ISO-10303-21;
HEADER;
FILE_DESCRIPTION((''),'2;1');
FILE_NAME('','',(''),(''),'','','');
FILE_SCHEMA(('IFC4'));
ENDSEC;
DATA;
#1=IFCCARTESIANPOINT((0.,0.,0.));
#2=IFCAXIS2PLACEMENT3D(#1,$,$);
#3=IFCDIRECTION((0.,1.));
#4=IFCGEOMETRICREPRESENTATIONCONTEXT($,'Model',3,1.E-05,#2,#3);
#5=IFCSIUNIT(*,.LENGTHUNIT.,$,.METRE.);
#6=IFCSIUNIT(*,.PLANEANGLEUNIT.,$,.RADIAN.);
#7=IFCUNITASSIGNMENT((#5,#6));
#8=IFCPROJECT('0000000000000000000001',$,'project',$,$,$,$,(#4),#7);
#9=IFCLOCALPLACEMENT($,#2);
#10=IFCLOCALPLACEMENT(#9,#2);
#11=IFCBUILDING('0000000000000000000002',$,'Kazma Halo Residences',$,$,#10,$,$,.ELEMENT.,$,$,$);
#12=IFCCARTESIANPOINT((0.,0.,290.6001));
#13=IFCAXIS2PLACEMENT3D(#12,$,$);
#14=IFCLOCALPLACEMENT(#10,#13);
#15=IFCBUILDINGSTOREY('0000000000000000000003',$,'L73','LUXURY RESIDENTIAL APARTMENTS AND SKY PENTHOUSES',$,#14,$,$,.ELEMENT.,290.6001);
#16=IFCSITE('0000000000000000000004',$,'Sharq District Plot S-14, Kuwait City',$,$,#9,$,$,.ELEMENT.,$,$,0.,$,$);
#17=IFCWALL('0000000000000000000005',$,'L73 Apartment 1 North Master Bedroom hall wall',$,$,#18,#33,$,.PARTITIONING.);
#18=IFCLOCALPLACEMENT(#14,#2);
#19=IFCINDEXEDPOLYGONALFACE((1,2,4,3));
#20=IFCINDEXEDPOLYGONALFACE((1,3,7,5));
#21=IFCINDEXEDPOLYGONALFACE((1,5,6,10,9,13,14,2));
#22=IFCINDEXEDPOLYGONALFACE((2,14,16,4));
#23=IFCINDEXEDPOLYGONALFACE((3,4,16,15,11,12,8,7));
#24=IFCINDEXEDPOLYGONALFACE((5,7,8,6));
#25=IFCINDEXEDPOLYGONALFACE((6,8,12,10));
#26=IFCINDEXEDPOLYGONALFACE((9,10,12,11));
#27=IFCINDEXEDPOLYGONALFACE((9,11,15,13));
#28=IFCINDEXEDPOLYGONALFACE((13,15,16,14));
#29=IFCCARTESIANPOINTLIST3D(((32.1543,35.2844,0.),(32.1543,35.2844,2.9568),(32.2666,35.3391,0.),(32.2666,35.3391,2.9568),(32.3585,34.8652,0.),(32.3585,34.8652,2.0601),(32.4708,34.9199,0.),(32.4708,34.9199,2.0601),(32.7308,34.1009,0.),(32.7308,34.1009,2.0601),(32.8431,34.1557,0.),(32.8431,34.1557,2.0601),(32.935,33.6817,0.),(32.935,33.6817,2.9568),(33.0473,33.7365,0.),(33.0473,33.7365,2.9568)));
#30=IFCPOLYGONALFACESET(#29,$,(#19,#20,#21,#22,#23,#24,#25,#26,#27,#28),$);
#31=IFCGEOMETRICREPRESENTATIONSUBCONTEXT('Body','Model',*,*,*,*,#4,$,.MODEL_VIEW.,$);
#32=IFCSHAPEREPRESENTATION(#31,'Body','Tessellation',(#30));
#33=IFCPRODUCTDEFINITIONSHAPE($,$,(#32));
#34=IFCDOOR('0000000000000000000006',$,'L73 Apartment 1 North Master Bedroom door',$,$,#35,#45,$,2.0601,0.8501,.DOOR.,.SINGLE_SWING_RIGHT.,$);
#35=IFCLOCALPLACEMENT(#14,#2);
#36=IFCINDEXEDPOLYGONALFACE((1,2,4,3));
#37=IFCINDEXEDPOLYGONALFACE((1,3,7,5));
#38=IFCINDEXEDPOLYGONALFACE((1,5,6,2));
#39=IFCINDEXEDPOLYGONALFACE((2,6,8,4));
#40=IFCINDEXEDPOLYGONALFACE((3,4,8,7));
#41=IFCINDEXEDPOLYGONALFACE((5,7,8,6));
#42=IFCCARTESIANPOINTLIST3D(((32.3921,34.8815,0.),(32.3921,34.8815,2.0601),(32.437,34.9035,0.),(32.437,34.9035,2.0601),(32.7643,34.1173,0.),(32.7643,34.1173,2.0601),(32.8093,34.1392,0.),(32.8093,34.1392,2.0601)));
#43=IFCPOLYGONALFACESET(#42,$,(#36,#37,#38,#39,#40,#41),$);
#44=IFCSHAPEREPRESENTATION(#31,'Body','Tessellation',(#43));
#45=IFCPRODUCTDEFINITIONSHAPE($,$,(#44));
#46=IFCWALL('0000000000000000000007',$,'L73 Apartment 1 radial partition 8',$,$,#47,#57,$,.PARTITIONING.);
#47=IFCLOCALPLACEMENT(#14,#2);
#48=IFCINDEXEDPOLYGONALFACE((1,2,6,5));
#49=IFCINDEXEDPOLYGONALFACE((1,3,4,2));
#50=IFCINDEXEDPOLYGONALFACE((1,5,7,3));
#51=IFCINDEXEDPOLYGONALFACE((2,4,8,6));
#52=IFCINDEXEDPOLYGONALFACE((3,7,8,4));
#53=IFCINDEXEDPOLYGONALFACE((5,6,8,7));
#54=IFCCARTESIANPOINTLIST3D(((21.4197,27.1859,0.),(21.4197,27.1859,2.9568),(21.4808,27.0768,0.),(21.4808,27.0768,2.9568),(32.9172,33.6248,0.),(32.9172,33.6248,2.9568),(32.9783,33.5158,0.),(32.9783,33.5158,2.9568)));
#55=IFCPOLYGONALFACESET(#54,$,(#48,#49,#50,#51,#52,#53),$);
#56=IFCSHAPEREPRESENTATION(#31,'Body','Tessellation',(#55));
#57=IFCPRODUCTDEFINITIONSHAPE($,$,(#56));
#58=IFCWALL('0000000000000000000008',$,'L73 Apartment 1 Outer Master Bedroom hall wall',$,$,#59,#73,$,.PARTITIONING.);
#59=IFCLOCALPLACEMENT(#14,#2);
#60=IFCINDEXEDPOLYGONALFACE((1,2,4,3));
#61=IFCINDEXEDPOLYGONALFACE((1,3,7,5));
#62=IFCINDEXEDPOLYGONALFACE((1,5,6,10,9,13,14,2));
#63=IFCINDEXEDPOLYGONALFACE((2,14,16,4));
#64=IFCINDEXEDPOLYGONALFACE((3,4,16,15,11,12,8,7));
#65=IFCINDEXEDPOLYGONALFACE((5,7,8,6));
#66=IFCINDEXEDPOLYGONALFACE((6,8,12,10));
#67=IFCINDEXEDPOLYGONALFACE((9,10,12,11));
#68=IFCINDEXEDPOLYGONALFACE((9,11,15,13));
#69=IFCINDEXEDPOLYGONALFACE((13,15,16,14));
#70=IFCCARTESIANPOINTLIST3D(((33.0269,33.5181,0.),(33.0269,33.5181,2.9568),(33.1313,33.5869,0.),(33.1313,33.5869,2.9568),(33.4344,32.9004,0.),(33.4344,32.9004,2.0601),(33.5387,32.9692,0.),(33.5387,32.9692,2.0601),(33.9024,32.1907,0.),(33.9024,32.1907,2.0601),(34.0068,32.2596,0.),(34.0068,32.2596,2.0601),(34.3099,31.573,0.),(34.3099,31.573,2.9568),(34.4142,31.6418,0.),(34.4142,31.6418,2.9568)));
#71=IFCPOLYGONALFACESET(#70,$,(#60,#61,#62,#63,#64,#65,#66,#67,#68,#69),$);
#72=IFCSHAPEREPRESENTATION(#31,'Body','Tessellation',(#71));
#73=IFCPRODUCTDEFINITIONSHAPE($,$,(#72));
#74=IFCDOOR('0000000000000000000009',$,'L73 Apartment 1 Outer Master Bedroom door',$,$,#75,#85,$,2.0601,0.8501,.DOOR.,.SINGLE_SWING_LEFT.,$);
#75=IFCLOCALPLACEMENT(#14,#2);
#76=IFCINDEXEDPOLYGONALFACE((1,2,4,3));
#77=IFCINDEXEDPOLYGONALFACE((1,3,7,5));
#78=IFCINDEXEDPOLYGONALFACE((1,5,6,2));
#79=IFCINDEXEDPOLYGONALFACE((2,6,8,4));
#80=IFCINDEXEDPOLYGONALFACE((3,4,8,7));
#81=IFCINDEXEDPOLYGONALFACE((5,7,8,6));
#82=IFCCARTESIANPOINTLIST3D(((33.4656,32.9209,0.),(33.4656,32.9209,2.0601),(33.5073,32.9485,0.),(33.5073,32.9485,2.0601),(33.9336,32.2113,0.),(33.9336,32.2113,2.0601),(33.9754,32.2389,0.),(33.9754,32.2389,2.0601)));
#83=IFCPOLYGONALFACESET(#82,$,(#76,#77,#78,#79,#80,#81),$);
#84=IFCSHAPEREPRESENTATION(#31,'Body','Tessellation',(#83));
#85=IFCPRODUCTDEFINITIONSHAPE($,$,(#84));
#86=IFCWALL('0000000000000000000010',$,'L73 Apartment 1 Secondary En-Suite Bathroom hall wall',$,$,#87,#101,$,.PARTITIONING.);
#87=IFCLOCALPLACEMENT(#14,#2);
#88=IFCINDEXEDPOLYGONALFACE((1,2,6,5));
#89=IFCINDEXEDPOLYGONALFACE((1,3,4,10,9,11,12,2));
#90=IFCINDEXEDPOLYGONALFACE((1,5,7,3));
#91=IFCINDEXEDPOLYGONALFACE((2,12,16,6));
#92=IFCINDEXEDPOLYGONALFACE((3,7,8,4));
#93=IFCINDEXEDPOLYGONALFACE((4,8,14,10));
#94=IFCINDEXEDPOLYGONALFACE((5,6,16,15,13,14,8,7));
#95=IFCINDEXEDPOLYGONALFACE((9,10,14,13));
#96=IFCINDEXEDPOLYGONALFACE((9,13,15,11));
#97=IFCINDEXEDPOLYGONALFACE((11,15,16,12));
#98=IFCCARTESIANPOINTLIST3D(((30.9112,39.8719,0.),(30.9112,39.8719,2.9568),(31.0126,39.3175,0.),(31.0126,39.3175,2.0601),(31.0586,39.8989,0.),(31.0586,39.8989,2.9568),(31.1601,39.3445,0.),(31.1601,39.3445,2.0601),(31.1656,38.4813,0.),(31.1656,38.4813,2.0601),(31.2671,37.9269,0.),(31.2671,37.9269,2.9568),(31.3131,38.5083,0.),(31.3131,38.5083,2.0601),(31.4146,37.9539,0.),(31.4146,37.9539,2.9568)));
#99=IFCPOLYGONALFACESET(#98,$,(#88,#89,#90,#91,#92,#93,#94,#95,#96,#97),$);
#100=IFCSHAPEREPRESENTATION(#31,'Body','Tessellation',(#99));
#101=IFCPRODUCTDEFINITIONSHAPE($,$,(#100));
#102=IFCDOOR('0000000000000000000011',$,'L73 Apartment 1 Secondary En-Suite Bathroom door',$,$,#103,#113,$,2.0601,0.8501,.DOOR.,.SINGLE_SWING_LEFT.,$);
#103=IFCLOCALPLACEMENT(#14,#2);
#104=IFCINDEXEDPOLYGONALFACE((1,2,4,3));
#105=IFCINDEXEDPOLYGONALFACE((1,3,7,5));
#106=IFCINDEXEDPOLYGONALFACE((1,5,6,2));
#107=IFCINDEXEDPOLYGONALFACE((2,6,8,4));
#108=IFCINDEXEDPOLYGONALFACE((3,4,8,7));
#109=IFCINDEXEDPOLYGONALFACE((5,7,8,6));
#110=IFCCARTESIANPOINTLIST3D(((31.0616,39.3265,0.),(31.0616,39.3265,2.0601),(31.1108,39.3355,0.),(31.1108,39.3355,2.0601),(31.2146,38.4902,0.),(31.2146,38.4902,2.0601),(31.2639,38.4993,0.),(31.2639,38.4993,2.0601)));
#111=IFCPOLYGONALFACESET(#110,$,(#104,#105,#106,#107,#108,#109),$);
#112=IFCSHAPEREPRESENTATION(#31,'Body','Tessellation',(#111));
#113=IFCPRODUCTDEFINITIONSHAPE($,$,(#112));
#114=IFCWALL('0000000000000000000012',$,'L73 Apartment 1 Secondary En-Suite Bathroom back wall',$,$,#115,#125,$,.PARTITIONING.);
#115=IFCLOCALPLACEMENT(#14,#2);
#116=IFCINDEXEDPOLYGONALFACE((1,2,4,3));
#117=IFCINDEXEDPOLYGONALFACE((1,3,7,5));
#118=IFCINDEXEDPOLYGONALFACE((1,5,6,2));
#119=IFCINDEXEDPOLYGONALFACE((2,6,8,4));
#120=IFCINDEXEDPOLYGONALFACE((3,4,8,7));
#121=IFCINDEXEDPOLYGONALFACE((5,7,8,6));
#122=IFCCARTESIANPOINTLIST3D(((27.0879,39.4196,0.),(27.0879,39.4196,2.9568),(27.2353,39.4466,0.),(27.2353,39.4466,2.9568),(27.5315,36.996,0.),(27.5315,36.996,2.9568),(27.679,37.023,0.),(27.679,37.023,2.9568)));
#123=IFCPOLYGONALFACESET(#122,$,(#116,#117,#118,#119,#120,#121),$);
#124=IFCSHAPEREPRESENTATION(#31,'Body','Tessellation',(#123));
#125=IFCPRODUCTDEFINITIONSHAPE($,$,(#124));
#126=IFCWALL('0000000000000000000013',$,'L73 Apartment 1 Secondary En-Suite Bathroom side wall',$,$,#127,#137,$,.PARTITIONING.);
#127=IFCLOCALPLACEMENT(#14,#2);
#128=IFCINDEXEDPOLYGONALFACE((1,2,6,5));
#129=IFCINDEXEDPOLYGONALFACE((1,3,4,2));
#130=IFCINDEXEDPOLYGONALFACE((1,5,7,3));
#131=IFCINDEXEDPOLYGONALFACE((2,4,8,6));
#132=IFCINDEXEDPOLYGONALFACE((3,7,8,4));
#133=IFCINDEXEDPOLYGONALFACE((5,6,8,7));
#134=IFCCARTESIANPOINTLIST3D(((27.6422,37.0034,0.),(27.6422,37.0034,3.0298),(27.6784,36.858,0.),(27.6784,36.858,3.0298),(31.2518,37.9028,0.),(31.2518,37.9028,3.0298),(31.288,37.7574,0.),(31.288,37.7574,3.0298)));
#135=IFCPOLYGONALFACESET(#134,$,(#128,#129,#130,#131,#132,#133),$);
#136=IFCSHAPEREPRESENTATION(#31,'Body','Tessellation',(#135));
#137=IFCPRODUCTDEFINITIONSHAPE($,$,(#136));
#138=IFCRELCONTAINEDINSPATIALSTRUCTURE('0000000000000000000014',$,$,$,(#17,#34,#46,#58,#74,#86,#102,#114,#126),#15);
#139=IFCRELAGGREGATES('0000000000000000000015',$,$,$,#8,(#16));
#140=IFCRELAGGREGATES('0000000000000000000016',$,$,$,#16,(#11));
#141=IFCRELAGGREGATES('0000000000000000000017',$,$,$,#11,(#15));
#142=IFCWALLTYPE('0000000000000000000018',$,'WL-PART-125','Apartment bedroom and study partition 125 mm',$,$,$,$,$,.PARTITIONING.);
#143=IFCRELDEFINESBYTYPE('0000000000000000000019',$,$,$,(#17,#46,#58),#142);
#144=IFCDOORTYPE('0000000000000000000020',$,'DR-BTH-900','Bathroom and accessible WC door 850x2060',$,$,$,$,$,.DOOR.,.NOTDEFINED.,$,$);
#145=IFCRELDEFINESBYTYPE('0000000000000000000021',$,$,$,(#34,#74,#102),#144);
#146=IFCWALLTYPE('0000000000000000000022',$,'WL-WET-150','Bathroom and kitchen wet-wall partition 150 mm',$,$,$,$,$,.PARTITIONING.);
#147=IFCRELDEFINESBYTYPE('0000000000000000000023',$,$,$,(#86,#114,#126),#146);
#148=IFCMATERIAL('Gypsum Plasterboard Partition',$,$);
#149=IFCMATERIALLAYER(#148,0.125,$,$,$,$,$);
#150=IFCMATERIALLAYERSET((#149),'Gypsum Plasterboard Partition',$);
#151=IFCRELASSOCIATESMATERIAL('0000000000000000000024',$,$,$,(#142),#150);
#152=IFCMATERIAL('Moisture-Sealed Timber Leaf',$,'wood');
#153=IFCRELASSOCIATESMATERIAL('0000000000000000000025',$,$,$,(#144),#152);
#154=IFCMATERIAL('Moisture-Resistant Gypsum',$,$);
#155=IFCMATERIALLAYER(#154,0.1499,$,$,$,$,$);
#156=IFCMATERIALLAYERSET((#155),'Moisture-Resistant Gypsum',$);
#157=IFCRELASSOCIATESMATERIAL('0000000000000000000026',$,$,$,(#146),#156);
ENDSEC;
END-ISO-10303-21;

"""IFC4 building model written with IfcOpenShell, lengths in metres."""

from ifc_helpers import new_model, si_unit, direction, frame, frame_2d, origin, place, context, subcontext, project, spatial, rectangle, extrude, material, layer, layer_set, type_object, element, fill, save


model = new_model("IFC4")

# Units and contexts
model_context = context("Model", 3, precision=1e-05, world=origin(), true_north=direction((0.0, 1.0)))
body_context = subcontext(model_context, "Body", "Model", "MODEL_VIEW")
ifc_project = project(units=[si_unit("LENGTHUNIT", "METRE"), si_unit("PLANEANGLEUNIT", "RADIAN")], contexts=[model_context])

# Site, building, storey
site_placement = place(None, origin())
site = spatial("IfcSite", under=ifc_project, at=site_placement, Name="Sharq District Plot S-14, Kuwait City", CompositionType="ELEMENT", RefElevation=0.0)
building_placement = place(site_placement, origin())
building = spatial("IfcBuilding", under=site, at=building_placement, Name="Kazma Halo Residences", CompositionType="ELEMENT")
storey_placement = place(building_placement, frame((0.0, 0.0, 290.6001)))
storey = spatial("IfcBuildingStorey", under=building, at=storey_placement, Name="L73", Description="LUXURY RESIDENTIAL APARTMENTS AND SKY PENTHOUSES", CompositionType="ELEMENT", Elevation=290.6001)

# Shared definitions
ifc_material_1 = material(Name="Gypsum Plasterboard Partition")
ifc_layer_1 = layer(ifc_material_1, 0.125)
ifc_layer_set_1 = layer_set([ifc_layer_1], Name="Gypsum Plasterboard Partition")
wall_type_1 = type_object("IfcWallType", Name="WL-PART-125", Description="Apartment bedroom and study partition 125 mm", PredefinedType="PARTITIONING", material=ifc_layer_set_1)
ifc_material_2 = material(Name="Moisture-Sealed Timber Leaf", Category="wood")
door_type = type_object("IfcDoorType", Name="DR-BTH-900", Description="Bathroom and accessible WC door 850x2060", OperationType="NOTDEFINED", PredefinedType="DOOR", material=ifc_material_2)

# Wall, opening, door
wall_1_placement = place(storey_placement, frame((32.2104, 35.3118, 0.0), z_axis=(0.0, 0.0, 1.0), x_axis=(0.437933, -0.899008, 0.0)))
wall_1 = element("IfcWall", 1, at=wall_1_placement, inside=storey, type_object=wall_type_1, Name="L73 Apartment 1 North Master Bedroom hall wall", PredefinedType="PARTITIONING", context=body_context, shape_type="SweptSolid", body=[
    extrude(rectangle(XDim=1.7827, YDim=0.125, at=frame_2d((0.8914, 0.0))), origin(), (0.0, 0.0, 1.0), 2.9568),
])
opening_1_placement = place(wall_1_placement, frame((0.4663, 0.0, 0.0)))
opening_1 = element("IfcOpeningElement", 2, at=opening_1_placement, cuts=wall_1, PredefinedType="OPENING", context=body_context, shape_type="SweptSolid", body=[
    extrude(rectangle(XDim=0.8501, YDim=2.0601, at=frame_2d((0.425, 1.03))), frame((0.0, 0.0725, 0.0), z_axis=(0.0, -1.0, 0.0), x_axis=(1.0, 0.0, 0.0)), (0.0, 0.0, 1.0), 0.145),
])
door_1_placement = place(opening_1_placement, origin())
door_1 = element("IfcDoor", 3, at=door_1_placement, inside=storey, type_object=door_type, Name="L73 Apartment 1 North Master Bedroom door", OperationType="SINGLE_SWING_RIGHT", OverallHeight=2.0601, OverallWidth=0.8501, PredefinedType="DOOR", context=body_context, shape_type="SweptSolid", body=[
    extrude(rectangle(XDim=0.8501, YDim=2.0601, at=frame_2d((0.425, 1.03))), frame((0.0, 0.0249, 0.0), z_axis=(0.0, -1.0, 0.0), x_axis=(1.0, 0.0, 0.0)), (0.0, 0.0, 1.0), 0.05),
])
fill(opening_1, door_1)

# Wall
wall_2_placement = place(storey_placement, frame((32.9478, 33.5703, 0.0), z_axis=(0.0, 0.0, 1.0), x_axis=(-0.872495, -0.488623, 0.0)))
element("IfcWall", 4, at=wall_2_placement, inside=storey, type_object=wall_type_1, Name="L73 Apartment 1 radial partition 8", PredefinedType="PARTITIONING", context=body_context, shape_type="SweptSolid", body=[
    extrude(rectangle(XDim=13.1777, YDim=0.125, at=frame_2d((6.5889, 0.0))), origin(), (0.0, 0.0, 1.0), 2.9568),
])

# Walls, openings, doors
wall_3_placement = place(storey_placement, frame((33.0791, 33.5525, 0.0), z_axis=(0.0, 0.0, 1.0), x_axis=(0.550607, -0.834764, 0.0)))
wall_3 = element("IfcWall", 5, at=wall_3_placement, inside=storey, type_object=wall_type_1, Name="L73 Apartment 1 Outer Master Bedroom hall wall", PredefinedType="PARTITIONING", context=body_context, shape_type="SweptSolid", body=[
    extrude(rectangle(XDim=2.3301, YDim=0.125, at=frame_2d((1.165, 0.0))), origin(), (0.0, 0.0, 1.0), 2.9568),
])
opening_2_placement = place(wall_3_placement, frame((0.74, 0.0, 0.0)))
opening_2 = element("IfcOpeningElement", 6, at=opening_2_placement, cuts=wall_3, PredefinedType="OPENING", context=body_context, shape_type="SweptSolid", body=[
    extrude(rectangle(XDim=0.8501, YDim=2.0601, at=frame_2d((0.425, 1.03))), frame((0.0, 0.0725, 0.0), z_axis=(0.0, -1.0, 0.0), x_axis=(1.0, 0.0, 0.0)), (0.0, 0.0, 1.0), 0.145),
])
door_2_placement = place(opening_2_placement, origin())
door_2 = element("IfcDoor", 7, at=door_2_placement, inside=storey, type_object=door_type, Name="L73 Apartment 1 Outer Master Bedroom door", OperationType="SINGLE_SWING_LEFT", OverallHeight=2.0601, OverallWidth=0.8501, PredefinedType="DOOR", context=body_context, shape_type="SweptSolid", body=[
    extrude(rectangle(XDim=0.8501, YDim=2.0601, at=frame_2d((0.425, 1.03))), frame((0.0, 0.0249, 0.0), z_axis=(0.0, -1.0, 0.0), x_axis=(1.0, 0.0, 0.0)), (0.0, 0.0, 1.0), 0.05),
])
fill(opening_2, door_2)
ifc_material_3 = material(Name="Moisture-Resistant Gypsum")
ifc_layer_2 = layer(ifc_material_3, 0.1499)
ifc_layer_set_2 = layer_set([ifc_layer_2], Name="Moisture-Resistant Gypsum")
wall_type_2 = type_object("IfcWallType", Name="WL-WET-150", Description="Bathroom and kitchen wet-wall partition 150 mm", PredefinedType="PARTITIONING", material=ifc_layer_set_2)
wall_4_placement = place(storey_placement, frame((30.9849, 39.8855, 0.0), z_axis=(0.0, 0.0, 1.0), x_axis=(0.180015, -0.983664, 0.0)))
wall_4 = element("IfcWall", 8, at=wall_4_placement, inside=storey, type_object=wall_type_2, Name="L73 Apartment 1 Secondary En-Suite Bathroom hall wall", PredefinedType="PARTITIONING", context=body_context, shape_type="SweptSolid", body=[
    extrude(rectangle(XDim=1.9773, YDim=0.1499, at=frame_2d((0.9888, 0.0))), origin(), (0.0, 0.0, 1.0), 2.9568),
])
opening_3_placement = place(wall_4_placement, frame((0.5637, 0.0, 0.0)))
opening_3 = element("IfcOpeningElement", 9, at=opening_3_placement, cuts=wall_4, PredefinedType="OPENING", context=body_context, shape_type="SweptSolid", body=[
    extrude(rectangle(XDim=0.8501, YDim=2.0601, at=frame_2d((0.425, 1.03))), frame((0.0, 0.085, 0.0), z_axis=(0.0, -1.0, 0.0), x_axis=(1.0, 0.0, 0.0)), (0.0, 0.0, 1.0), 0.1699),
])
door_3_placement = place(opening_3_placement, origin())
door_3 = element("IfcDoor", 10, at=door_3_placement, inside=storey, type_object=door_type, Name="L73 Apartment 1 Secondary En-Suite Bathroom door", OperationType="SINGLE_SWING_LEFT", OverallHeight=2.0601, OverallWidth=0.8501, PredefinedType="DOOR", context=body_context, shape_type="SweptSolid", body=[
    extrude(rectangle(XDim=0.8501, YDim=2.0601, at=frame_2d((0.425, 1.03))), frame((0.0, 0.0249, 0.0), z_axis=(0.0, -1.0, 0.0), x_axis=(1.0, 0.0, 0.0)), (0.0, 0.0, 1.0), 0.05),
])
fill(opening_3, door_3)

# Walls
wall_5_placement = place(storey_placement, frame((27.1616, 39.4331, 0.0), z_axis=(0.0, 0.0, 1.0), x_axis=(0.180045, -0.983658, 0.0)))
element("IfcWall", 11, at=wall_5_placement, inside=storey, type_object=wall_type_2, Name="L73 Apartment 1 Secondary En-Suite Bathroom back wall", PredefinedType="PARTITIONING", context=body_context, shape_type="SweptSolid", body=[
    extrude(rectangle(XDim=2.4639, YDim=0.1499, at=frame_2d((1.2319, 0.0))), origin(), (0.0, 0.0, 1.0), 2.9568),
])
wall_6_placement = place(storey_placement, frame((31.2698, 37.8301, 0.0), z_axis=(0.0, 0.0, 1.0), x_axis=(-0.970331, -0.241779, 0.0)))
element("IfcWall", 12, at=wall_6_placement, inside=storey, type_object=wall_type_2, Name="L73 Apartment 1 Secondary En-Suite Bathroom side wall", PredefinedType="PARTITIONING", context=body_context, shape_type="SweptSolid", body=[
    extrude(rectangle(XDim=3.72, YDim=0.1499, at=frame_2d((1.8599, 0.0))), origin(), (0.0, 0.0, 1.0), 3.0298),
])

save(model, "model.ifc")
